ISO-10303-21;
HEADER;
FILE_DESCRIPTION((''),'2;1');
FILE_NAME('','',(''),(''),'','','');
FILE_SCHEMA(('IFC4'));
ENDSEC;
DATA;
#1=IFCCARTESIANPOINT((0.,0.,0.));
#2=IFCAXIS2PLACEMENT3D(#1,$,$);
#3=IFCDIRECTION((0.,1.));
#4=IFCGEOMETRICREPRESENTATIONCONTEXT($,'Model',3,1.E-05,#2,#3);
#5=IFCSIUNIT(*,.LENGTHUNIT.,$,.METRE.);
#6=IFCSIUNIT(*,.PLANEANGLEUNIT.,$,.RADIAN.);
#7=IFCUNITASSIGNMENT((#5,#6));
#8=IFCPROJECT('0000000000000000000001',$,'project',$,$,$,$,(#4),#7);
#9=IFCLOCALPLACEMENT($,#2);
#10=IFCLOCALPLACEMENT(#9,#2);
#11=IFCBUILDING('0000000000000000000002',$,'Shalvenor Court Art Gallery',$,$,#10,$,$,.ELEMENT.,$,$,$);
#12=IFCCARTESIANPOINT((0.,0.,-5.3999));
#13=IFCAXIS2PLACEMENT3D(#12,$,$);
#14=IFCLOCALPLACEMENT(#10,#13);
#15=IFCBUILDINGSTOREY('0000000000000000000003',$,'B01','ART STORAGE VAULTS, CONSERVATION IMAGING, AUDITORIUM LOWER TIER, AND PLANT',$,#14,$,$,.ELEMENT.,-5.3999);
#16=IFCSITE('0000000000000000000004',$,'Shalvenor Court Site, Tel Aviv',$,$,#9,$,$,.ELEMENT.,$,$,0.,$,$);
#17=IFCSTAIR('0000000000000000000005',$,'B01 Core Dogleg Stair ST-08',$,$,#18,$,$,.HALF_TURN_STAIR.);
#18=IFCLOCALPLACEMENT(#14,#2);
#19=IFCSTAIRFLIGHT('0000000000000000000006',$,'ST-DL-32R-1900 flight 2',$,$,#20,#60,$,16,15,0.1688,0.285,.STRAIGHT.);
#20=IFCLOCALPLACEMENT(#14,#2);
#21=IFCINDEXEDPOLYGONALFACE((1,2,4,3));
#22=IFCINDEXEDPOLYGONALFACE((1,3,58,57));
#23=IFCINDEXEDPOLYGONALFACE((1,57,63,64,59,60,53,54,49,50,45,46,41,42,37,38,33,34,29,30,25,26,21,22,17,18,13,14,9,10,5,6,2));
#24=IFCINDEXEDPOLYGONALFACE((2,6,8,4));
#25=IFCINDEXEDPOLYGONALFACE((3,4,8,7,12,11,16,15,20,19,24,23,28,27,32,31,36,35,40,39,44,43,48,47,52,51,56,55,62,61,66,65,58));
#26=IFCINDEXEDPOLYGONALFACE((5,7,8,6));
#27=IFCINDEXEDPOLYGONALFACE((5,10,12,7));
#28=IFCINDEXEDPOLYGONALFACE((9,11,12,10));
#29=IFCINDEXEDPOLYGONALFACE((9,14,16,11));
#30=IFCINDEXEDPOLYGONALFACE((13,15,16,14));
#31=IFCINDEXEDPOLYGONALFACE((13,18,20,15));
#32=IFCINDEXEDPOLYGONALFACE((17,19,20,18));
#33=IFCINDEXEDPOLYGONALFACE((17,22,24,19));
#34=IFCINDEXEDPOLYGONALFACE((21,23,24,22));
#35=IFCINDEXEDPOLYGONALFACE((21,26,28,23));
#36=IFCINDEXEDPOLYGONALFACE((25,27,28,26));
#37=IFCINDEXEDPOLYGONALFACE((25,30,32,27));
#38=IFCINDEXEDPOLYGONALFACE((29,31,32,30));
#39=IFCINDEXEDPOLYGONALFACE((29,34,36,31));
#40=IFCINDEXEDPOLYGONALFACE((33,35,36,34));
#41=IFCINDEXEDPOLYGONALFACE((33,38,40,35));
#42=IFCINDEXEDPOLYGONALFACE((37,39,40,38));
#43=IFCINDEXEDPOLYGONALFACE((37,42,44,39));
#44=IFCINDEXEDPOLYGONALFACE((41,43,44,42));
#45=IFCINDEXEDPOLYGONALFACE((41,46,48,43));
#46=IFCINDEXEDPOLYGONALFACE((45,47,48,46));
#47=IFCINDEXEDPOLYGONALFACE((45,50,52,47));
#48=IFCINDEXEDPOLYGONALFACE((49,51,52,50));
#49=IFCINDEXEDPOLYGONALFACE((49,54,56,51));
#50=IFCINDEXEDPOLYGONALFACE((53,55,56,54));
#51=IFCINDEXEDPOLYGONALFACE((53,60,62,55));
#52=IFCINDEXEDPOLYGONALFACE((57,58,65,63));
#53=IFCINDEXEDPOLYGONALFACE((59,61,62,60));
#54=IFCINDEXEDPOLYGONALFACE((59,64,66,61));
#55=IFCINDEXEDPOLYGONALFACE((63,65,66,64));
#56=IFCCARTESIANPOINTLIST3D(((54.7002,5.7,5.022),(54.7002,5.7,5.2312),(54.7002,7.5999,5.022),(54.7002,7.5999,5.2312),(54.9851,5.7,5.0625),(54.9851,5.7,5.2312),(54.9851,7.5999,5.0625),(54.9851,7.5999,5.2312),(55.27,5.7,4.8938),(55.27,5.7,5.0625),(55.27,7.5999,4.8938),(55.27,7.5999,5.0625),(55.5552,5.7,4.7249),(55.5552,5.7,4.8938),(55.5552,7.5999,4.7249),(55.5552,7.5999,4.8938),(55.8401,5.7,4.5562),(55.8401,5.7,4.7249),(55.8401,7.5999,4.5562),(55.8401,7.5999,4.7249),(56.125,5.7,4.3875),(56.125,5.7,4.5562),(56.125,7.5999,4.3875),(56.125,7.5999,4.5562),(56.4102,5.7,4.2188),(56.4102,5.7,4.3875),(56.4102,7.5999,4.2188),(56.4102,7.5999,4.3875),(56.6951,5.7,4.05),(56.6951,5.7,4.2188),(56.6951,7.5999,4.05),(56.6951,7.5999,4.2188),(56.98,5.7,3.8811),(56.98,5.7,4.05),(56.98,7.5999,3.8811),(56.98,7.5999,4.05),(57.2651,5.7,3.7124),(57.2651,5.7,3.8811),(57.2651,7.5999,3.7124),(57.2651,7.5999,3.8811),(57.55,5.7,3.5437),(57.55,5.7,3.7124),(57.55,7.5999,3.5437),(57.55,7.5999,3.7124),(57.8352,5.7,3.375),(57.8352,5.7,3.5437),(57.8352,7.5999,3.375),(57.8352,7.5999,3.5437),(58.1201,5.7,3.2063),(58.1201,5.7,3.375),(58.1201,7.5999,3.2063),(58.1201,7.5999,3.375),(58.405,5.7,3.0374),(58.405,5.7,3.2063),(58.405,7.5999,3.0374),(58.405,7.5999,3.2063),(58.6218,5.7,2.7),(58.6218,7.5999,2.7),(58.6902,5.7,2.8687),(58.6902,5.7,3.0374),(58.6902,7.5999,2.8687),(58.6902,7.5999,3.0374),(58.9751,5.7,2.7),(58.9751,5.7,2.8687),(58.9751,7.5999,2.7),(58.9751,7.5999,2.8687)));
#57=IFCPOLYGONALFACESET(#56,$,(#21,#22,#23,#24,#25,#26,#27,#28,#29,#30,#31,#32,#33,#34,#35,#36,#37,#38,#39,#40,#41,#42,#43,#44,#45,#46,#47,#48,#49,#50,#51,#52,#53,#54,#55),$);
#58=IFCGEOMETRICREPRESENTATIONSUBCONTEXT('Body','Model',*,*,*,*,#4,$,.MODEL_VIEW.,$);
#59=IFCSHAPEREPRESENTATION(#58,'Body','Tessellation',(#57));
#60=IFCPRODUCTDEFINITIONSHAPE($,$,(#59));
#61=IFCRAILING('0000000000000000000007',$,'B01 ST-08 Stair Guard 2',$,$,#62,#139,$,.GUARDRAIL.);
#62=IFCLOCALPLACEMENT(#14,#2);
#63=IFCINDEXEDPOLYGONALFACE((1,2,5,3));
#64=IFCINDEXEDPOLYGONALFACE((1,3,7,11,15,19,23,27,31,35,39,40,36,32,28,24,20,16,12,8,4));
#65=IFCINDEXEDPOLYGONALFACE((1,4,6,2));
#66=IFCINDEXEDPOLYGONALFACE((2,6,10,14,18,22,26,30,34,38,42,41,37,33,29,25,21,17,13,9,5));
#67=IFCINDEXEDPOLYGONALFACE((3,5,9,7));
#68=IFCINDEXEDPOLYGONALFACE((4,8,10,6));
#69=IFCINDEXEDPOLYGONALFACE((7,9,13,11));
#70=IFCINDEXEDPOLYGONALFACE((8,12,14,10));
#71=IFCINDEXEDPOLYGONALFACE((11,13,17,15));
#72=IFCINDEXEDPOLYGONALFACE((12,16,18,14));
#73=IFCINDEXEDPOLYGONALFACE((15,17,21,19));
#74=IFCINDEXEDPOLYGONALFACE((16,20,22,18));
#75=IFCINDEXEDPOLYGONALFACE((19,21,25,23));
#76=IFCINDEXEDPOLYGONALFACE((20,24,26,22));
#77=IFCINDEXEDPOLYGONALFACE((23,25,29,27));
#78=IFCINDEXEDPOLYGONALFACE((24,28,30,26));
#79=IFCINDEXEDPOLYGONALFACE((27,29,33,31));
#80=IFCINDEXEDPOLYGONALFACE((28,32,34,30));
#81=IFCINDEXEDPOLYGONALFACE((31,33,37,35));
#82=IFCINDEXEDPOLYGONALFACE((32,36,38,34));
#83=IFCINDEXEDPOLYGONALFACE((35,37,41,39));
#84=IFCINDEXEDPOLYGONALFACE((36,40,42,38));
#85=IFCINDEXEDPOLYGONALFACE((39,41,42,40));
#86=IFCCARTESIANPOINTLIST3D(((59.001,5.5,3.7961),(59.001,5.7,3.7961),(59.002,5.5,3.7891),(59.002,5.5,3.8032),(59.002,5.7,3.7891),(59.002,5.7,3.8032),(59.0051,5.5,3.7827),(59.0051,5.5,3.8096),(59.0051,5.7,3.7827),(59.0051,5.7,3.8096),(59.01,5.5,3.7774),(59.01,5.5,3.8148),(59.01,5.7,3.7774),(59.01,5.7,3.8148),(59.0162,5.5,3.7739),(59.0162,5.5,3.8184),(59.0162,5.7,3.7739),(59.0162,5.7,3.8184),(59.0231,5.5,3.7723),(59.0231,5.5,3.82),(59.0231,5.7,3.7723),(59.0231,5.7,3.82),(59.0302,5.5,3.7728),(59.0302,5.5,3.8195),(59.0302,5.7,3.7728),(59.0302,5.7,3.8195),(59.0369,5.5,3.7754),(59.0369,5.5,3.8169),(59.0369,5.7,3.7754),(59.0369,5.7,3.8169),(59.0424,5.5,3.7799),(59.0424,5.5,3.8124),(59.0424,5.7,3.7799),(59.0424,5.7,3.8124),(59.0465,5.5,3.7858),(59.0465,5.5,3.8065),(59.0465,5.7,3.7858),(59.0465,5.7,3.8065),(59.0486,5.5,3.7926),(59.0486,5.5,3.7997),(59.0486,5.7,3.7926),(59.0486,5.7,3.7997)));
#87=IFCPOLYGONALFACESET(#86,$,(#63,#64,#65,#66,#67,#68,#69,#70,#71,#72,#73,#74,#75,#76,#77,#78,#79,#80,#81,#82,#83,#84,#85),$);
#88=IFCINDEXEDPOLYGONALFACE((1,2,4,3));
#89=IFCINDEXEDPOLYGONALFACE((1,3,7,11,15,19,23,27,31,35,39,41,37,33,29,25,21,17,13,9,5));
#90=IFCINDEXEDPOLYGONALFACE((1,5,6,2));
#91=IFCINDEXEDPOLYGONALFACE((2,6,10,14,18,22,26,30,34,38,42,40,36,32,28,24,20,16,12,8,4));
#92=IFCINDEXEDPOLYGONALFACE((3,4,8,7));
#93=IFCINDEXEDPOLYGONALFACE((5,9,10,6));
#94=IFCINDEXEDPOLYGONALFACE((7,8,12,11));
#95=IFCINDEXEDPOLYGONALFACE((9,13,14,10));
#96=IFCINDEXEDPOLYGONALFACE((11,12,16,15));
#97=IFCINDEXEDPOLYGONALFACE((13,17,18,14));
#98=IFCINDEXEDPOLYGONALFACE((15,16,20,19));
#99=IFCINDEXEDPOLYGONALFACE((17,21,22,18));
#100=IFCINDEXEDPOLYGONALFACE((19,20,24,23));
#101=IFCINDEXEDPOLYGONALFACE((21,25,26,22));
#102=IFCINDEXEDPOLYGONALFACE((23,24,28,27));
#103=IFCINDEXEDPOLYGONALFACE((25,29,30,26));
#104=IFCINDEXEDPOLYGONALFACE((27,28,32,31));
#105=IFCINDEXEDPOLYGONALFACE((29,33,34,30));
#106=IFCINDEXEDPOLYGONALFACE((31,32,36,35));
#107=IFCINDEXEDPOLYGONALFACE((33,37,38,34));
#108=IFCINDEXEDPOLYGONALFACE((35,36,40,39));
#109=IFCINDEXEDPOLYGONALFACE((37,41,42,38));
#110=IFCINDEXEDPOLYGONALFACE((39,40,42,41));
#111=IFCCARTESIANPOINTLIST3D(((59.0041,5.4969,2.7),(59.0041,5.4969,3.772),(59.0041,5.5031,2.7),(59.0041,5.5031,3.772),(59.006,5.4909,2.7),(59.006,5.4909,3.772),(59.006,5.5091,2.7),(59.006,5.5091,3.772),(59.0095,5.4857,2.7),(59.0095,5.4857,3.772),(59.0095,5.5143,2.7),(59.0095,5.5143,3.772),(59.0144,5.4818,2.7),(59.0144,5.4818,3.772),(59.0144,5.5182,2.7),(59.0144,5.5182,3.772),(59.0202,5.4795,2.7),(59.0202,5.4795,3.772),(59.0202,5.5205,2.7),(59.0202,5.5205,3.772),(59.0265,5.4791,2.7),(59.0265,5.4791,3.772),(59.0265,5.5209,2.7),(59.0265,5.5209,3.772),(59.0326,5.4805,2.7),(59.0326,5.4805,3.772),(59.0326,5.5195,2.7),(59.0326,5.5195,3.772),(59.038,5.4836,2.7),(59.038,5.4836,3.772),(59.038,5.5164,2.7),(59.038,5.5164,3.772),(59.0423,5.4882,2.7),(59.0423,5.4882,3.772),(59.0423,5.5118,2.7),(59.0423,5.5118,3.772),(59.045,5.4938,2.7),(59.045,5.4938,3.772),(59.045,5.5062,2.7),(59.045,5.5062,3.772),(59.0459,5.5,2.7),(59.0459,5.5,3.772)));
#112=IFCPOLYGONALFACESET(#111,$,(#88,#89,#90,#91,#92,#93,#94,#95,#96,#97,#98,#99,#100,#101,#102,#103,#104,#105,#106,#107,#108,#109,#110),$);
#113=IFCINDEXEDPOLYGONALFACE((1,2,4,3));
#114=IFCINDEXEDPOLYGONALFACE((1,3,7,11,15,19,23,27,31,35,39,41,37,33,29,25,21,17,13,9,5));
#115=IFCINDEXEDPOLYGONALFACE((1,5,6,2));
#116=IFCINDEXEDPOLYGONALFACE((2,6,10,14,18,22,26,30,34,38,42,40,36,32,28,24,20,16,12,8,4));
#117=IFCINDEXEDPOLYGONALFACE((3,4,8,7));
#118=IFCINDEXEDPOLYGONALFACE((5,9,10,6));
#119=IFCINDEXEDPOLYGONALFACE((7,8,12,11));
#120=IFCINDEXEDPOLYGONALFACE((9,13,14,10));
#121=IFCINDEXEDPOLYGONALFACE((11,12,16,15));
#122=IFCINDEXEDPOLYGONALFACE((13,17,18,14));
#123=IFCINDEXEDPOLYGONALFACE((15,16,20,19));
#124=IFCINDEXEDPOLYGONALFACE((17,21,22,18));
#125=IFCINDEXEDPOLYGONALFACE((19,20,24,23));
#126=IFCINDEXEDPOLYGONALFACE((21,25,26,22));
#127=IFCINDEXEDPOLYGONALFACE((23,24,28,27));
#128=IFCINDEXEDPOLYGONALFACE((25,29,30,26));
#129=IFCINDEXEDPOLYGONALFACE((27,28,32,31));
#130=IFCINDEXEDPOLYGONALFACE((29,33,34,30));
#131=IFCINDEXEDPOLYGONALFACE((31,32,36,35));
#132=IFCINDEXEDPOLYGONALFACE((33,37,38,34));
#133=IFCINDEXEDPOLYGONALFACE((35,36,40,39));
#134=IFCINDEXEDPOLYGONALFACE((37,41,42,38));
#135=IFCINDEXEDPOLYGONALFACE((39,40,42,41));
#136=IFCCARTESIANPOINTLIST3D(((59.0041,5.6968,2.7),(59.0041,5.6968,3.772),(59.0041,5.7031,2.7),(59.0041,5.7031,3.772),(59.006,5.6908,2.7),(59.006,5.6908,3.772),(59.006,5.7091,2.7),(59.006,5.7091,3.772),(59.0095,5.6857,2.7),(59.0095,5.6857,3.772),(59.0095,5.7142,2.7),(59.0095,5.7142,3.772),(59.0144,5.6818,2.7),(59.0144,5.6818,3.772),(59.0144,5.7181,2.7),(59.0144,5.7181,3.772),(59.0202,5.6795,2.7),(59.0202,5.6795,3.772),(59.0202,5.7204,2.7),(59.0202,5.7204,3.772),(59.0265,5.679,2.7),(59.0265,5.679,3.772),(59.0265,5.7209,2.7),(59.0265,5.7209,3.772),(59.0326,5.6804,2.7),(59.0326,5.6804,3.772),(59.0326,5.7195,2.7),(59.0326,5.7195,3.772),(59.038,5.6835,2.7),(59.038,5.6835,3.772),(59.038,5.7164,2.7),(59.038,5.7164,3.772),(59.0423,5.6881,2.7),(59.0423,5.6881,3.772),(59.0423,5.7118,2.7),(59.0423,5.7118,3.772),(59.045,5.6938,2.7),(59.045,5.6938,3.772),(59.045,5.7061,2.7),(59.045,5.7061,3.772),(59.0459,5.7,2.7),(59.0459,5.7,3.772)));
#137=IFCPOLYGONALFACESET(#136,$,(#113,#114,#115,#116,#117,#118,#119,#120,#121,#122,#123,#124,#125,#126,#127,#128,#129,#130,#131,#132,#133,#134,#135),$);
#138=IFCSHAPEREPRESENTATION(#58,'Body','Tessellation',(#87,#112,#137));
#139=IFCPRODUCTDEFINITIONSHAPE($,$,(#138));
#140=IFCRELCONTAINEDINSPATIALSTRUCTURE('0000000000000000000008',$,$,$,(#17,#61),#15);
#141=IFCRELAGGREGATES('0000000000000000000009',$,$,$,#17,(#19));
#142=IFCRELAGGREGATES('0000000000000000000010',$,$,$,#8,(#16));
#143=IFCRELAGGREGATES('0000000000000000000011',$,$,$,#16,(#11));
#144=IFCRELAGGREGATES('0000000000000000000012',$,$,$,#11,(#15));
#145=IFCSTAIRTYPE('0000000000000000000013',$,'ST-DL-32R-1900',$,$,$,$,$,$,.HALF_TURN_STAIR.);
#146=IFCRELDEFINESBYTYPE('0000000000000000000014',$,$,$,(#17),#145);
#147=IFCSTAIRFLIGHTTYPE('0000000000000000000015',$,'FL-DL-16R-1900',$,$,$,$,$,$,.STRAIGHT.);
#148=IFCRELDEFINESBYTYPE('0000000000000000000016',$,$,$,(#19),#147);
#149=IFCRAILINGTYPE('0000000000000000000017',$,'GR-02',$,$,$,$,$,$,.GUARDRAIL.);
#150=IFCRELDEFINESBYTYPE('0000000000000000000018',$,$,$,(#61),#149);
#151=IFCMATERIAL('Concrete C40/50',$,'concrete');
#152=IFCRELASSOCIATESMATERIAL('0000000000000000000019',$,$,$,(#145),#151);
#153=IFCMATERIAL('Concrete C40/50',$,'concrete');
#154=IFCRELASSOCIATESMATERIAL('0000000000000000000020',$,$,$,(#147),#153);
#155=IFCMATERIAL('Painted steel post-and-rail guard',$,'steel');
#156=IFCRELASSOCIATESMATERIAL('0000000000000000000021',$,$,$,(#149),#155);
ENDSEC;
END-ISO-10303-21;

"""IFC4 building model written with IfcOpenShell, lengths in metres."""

from ifc_helpers import new_model, si_unit, direction, frame, origin, origin_2d, place, context, subcontext, project, spatial, polyline, circle, outline, extrude, material, type_object, element, aggregate, save


model = new_model("IFC4")

# Units and contexts
model_context = context("Model", 3, precision=1e-05, world=origin(), true_north=direction((0.0, 1.0)))
body_context = subcontext(model_context, "Body", "Model", "MODEL_VIEW")
ifc_project = project(units=[si_unit("LENGTHUNIT", "METRE"), si_unit("PLANEANGLEUNIT", "RADIAN")], contexts=[model_context])

# Site, building, storey
site_placement = place(None, origin())
site = spatial("IfcSite", under=ifc_project, at=site_placement, Name="Shalvenor Court Site, Tel Aviv", CompositionType="ELEMENT", RefElevation=0.0)
building_placement = place(site_placement, origin())
building = spatial("IfcBuilding", under=site, at=building_placement, Name="Shalvenor Court Art Gallery", CompositionType="ELEMENT")
storey_placement = place(building_placement, frame((0.0, 0.0, -5.3999)))
storey = spatial("IfcBuildingStorey", under=building, at=storey_placement, Name="B01", Description="ART STORAGE VAULTS, CONSERVATION IMAGING, AUDITORIUM LOWER TIER, AND PLANT", CompositionType="ELEMENT", Elevation=-5.3999)

# Stair, stair flight
ifc_material_1 = material(Name="Concrete C40/50", Category="concrete")
stair_type = type_object("IfcStairType", Name="ST-DL-32R-1900", PredefinedType="HALF_TURN_STAIR", material=ifc_material_1)
stair_placement = place(storey_placement, origin())
stair = element("IfcStair", 1, at=stair_placement, inside=storey, type_object=stair_type, Name="B01 Core Dogleg Stair ST-08", PredefinedType="HALF_TURN_STAIR")
ifc_material_2 = material(Name="Concrete C40/50", Category="concrete")
stair_flight_type = type_object("IfcStairFlightType", Name="FL-DL-16R-1900", PredefinedType="STRAIGHT", material=ifc_material_2)
stair_flight_placement = place(storey_placement, frame((58.9751, 6.6499, 2.7), z_axis=(0.0, 0.0, 1.0), x_axis=(-1.0, 0.0, 0.0)))
stair_flight = element("IfcStairFlight", 2, at=stair_flight_placement, type_object=stair_flight_type, Name="ST-DL-32R-1900 flight 2", NumberOfRisers=16, NumberOfTreads=15, PredefinedType="STRAIGHT", RiserHeight=0.1688, TreadLength=0.285, context=body_context, shape_type="SweptSolid", body=[
    extrude(outline(polyline([(0.0, 0.0), (0.0, 0.1687), (0.2849, 0.1687), (0.2849, 0.3374), (0.5701, 0.3374), (0.5701, 0.5063), (0.855, 0.5063), (0.855, 0.675), (1.1399, 0.675), (1.1399, 0.8438), (1.425, 0.8438), (1.425, 1.0125), (1.71, 1.0125), (1.71, 1.1812), (1.9951, 1.1812), (1.9951, 1.3501), (2.28, 1.3501), (2.28, 1.5188), (2.5649, 1.5188), (2.5649, 1.6875), (2.8501, 1.6875), (2.8501, 1.8562), (3.135, 1.8562), (3.135, 2.0249), (3.4199, 2.0249), (3.4199, 2.1938), (3.7051, 2.1938), (3.7051, 2.3625), (3.99, 2.3625), (3.99, 2.5312), (4.2749, 2.5312), (4.2749, 2.7), (4.2749, 2.322), (0.3533, 0.0), (0.0, 0.0)])), frame((0.0, 0.95, 0.0), z_axis=(0.0, -1.0, 0.0), x_axis=(1.0, 0.0, 0.0)), (0.0, 0.0, 1.0), 1.8999),
])
aggregate(stair, [stair_flight])

# Railing
ifc_material_3 = material(Name="Painted steel post-and-rail guard", Category="steel")
railing_type_1 = type_object("IfcRailingType", Name="GR-02", PredefinedType="GUARDRAIL", material=ifc_material_3)
railing_1_placement = place(storey_placement, frame((59.0249, 5.5, 2.7)))
element("IfcRailing", 3, at=railing_1_placement, inside=storey, type_object=railing_type_1, Name="B01 ST-08 Stair Guard 2", PredefinedType="GUARDRAIL", context=body_context, shape_type="SweptSolid", body=[
    extrude(circle(Radius=0.0239, at=origin_2d()), frame((0.0, 0.0, 1.0962), z_axis=(0.0, 1.0, 0.0), x_axis=(-1.0, 0.0, 0.0)), (0.0, 0.0, 1.0), 0.2),
    extrude(circle(Radius=0.021, at=origin_2d()), origin(), (0.0, 0.0, 1.0), 1.072),
    extrude(circle(Radius=0.021, at=origin_2d()), frame((0.0, 0.2, 0.0)), (0.0, 0.0, 1.0), 1.072),
])

save(model, "model.ifc")
